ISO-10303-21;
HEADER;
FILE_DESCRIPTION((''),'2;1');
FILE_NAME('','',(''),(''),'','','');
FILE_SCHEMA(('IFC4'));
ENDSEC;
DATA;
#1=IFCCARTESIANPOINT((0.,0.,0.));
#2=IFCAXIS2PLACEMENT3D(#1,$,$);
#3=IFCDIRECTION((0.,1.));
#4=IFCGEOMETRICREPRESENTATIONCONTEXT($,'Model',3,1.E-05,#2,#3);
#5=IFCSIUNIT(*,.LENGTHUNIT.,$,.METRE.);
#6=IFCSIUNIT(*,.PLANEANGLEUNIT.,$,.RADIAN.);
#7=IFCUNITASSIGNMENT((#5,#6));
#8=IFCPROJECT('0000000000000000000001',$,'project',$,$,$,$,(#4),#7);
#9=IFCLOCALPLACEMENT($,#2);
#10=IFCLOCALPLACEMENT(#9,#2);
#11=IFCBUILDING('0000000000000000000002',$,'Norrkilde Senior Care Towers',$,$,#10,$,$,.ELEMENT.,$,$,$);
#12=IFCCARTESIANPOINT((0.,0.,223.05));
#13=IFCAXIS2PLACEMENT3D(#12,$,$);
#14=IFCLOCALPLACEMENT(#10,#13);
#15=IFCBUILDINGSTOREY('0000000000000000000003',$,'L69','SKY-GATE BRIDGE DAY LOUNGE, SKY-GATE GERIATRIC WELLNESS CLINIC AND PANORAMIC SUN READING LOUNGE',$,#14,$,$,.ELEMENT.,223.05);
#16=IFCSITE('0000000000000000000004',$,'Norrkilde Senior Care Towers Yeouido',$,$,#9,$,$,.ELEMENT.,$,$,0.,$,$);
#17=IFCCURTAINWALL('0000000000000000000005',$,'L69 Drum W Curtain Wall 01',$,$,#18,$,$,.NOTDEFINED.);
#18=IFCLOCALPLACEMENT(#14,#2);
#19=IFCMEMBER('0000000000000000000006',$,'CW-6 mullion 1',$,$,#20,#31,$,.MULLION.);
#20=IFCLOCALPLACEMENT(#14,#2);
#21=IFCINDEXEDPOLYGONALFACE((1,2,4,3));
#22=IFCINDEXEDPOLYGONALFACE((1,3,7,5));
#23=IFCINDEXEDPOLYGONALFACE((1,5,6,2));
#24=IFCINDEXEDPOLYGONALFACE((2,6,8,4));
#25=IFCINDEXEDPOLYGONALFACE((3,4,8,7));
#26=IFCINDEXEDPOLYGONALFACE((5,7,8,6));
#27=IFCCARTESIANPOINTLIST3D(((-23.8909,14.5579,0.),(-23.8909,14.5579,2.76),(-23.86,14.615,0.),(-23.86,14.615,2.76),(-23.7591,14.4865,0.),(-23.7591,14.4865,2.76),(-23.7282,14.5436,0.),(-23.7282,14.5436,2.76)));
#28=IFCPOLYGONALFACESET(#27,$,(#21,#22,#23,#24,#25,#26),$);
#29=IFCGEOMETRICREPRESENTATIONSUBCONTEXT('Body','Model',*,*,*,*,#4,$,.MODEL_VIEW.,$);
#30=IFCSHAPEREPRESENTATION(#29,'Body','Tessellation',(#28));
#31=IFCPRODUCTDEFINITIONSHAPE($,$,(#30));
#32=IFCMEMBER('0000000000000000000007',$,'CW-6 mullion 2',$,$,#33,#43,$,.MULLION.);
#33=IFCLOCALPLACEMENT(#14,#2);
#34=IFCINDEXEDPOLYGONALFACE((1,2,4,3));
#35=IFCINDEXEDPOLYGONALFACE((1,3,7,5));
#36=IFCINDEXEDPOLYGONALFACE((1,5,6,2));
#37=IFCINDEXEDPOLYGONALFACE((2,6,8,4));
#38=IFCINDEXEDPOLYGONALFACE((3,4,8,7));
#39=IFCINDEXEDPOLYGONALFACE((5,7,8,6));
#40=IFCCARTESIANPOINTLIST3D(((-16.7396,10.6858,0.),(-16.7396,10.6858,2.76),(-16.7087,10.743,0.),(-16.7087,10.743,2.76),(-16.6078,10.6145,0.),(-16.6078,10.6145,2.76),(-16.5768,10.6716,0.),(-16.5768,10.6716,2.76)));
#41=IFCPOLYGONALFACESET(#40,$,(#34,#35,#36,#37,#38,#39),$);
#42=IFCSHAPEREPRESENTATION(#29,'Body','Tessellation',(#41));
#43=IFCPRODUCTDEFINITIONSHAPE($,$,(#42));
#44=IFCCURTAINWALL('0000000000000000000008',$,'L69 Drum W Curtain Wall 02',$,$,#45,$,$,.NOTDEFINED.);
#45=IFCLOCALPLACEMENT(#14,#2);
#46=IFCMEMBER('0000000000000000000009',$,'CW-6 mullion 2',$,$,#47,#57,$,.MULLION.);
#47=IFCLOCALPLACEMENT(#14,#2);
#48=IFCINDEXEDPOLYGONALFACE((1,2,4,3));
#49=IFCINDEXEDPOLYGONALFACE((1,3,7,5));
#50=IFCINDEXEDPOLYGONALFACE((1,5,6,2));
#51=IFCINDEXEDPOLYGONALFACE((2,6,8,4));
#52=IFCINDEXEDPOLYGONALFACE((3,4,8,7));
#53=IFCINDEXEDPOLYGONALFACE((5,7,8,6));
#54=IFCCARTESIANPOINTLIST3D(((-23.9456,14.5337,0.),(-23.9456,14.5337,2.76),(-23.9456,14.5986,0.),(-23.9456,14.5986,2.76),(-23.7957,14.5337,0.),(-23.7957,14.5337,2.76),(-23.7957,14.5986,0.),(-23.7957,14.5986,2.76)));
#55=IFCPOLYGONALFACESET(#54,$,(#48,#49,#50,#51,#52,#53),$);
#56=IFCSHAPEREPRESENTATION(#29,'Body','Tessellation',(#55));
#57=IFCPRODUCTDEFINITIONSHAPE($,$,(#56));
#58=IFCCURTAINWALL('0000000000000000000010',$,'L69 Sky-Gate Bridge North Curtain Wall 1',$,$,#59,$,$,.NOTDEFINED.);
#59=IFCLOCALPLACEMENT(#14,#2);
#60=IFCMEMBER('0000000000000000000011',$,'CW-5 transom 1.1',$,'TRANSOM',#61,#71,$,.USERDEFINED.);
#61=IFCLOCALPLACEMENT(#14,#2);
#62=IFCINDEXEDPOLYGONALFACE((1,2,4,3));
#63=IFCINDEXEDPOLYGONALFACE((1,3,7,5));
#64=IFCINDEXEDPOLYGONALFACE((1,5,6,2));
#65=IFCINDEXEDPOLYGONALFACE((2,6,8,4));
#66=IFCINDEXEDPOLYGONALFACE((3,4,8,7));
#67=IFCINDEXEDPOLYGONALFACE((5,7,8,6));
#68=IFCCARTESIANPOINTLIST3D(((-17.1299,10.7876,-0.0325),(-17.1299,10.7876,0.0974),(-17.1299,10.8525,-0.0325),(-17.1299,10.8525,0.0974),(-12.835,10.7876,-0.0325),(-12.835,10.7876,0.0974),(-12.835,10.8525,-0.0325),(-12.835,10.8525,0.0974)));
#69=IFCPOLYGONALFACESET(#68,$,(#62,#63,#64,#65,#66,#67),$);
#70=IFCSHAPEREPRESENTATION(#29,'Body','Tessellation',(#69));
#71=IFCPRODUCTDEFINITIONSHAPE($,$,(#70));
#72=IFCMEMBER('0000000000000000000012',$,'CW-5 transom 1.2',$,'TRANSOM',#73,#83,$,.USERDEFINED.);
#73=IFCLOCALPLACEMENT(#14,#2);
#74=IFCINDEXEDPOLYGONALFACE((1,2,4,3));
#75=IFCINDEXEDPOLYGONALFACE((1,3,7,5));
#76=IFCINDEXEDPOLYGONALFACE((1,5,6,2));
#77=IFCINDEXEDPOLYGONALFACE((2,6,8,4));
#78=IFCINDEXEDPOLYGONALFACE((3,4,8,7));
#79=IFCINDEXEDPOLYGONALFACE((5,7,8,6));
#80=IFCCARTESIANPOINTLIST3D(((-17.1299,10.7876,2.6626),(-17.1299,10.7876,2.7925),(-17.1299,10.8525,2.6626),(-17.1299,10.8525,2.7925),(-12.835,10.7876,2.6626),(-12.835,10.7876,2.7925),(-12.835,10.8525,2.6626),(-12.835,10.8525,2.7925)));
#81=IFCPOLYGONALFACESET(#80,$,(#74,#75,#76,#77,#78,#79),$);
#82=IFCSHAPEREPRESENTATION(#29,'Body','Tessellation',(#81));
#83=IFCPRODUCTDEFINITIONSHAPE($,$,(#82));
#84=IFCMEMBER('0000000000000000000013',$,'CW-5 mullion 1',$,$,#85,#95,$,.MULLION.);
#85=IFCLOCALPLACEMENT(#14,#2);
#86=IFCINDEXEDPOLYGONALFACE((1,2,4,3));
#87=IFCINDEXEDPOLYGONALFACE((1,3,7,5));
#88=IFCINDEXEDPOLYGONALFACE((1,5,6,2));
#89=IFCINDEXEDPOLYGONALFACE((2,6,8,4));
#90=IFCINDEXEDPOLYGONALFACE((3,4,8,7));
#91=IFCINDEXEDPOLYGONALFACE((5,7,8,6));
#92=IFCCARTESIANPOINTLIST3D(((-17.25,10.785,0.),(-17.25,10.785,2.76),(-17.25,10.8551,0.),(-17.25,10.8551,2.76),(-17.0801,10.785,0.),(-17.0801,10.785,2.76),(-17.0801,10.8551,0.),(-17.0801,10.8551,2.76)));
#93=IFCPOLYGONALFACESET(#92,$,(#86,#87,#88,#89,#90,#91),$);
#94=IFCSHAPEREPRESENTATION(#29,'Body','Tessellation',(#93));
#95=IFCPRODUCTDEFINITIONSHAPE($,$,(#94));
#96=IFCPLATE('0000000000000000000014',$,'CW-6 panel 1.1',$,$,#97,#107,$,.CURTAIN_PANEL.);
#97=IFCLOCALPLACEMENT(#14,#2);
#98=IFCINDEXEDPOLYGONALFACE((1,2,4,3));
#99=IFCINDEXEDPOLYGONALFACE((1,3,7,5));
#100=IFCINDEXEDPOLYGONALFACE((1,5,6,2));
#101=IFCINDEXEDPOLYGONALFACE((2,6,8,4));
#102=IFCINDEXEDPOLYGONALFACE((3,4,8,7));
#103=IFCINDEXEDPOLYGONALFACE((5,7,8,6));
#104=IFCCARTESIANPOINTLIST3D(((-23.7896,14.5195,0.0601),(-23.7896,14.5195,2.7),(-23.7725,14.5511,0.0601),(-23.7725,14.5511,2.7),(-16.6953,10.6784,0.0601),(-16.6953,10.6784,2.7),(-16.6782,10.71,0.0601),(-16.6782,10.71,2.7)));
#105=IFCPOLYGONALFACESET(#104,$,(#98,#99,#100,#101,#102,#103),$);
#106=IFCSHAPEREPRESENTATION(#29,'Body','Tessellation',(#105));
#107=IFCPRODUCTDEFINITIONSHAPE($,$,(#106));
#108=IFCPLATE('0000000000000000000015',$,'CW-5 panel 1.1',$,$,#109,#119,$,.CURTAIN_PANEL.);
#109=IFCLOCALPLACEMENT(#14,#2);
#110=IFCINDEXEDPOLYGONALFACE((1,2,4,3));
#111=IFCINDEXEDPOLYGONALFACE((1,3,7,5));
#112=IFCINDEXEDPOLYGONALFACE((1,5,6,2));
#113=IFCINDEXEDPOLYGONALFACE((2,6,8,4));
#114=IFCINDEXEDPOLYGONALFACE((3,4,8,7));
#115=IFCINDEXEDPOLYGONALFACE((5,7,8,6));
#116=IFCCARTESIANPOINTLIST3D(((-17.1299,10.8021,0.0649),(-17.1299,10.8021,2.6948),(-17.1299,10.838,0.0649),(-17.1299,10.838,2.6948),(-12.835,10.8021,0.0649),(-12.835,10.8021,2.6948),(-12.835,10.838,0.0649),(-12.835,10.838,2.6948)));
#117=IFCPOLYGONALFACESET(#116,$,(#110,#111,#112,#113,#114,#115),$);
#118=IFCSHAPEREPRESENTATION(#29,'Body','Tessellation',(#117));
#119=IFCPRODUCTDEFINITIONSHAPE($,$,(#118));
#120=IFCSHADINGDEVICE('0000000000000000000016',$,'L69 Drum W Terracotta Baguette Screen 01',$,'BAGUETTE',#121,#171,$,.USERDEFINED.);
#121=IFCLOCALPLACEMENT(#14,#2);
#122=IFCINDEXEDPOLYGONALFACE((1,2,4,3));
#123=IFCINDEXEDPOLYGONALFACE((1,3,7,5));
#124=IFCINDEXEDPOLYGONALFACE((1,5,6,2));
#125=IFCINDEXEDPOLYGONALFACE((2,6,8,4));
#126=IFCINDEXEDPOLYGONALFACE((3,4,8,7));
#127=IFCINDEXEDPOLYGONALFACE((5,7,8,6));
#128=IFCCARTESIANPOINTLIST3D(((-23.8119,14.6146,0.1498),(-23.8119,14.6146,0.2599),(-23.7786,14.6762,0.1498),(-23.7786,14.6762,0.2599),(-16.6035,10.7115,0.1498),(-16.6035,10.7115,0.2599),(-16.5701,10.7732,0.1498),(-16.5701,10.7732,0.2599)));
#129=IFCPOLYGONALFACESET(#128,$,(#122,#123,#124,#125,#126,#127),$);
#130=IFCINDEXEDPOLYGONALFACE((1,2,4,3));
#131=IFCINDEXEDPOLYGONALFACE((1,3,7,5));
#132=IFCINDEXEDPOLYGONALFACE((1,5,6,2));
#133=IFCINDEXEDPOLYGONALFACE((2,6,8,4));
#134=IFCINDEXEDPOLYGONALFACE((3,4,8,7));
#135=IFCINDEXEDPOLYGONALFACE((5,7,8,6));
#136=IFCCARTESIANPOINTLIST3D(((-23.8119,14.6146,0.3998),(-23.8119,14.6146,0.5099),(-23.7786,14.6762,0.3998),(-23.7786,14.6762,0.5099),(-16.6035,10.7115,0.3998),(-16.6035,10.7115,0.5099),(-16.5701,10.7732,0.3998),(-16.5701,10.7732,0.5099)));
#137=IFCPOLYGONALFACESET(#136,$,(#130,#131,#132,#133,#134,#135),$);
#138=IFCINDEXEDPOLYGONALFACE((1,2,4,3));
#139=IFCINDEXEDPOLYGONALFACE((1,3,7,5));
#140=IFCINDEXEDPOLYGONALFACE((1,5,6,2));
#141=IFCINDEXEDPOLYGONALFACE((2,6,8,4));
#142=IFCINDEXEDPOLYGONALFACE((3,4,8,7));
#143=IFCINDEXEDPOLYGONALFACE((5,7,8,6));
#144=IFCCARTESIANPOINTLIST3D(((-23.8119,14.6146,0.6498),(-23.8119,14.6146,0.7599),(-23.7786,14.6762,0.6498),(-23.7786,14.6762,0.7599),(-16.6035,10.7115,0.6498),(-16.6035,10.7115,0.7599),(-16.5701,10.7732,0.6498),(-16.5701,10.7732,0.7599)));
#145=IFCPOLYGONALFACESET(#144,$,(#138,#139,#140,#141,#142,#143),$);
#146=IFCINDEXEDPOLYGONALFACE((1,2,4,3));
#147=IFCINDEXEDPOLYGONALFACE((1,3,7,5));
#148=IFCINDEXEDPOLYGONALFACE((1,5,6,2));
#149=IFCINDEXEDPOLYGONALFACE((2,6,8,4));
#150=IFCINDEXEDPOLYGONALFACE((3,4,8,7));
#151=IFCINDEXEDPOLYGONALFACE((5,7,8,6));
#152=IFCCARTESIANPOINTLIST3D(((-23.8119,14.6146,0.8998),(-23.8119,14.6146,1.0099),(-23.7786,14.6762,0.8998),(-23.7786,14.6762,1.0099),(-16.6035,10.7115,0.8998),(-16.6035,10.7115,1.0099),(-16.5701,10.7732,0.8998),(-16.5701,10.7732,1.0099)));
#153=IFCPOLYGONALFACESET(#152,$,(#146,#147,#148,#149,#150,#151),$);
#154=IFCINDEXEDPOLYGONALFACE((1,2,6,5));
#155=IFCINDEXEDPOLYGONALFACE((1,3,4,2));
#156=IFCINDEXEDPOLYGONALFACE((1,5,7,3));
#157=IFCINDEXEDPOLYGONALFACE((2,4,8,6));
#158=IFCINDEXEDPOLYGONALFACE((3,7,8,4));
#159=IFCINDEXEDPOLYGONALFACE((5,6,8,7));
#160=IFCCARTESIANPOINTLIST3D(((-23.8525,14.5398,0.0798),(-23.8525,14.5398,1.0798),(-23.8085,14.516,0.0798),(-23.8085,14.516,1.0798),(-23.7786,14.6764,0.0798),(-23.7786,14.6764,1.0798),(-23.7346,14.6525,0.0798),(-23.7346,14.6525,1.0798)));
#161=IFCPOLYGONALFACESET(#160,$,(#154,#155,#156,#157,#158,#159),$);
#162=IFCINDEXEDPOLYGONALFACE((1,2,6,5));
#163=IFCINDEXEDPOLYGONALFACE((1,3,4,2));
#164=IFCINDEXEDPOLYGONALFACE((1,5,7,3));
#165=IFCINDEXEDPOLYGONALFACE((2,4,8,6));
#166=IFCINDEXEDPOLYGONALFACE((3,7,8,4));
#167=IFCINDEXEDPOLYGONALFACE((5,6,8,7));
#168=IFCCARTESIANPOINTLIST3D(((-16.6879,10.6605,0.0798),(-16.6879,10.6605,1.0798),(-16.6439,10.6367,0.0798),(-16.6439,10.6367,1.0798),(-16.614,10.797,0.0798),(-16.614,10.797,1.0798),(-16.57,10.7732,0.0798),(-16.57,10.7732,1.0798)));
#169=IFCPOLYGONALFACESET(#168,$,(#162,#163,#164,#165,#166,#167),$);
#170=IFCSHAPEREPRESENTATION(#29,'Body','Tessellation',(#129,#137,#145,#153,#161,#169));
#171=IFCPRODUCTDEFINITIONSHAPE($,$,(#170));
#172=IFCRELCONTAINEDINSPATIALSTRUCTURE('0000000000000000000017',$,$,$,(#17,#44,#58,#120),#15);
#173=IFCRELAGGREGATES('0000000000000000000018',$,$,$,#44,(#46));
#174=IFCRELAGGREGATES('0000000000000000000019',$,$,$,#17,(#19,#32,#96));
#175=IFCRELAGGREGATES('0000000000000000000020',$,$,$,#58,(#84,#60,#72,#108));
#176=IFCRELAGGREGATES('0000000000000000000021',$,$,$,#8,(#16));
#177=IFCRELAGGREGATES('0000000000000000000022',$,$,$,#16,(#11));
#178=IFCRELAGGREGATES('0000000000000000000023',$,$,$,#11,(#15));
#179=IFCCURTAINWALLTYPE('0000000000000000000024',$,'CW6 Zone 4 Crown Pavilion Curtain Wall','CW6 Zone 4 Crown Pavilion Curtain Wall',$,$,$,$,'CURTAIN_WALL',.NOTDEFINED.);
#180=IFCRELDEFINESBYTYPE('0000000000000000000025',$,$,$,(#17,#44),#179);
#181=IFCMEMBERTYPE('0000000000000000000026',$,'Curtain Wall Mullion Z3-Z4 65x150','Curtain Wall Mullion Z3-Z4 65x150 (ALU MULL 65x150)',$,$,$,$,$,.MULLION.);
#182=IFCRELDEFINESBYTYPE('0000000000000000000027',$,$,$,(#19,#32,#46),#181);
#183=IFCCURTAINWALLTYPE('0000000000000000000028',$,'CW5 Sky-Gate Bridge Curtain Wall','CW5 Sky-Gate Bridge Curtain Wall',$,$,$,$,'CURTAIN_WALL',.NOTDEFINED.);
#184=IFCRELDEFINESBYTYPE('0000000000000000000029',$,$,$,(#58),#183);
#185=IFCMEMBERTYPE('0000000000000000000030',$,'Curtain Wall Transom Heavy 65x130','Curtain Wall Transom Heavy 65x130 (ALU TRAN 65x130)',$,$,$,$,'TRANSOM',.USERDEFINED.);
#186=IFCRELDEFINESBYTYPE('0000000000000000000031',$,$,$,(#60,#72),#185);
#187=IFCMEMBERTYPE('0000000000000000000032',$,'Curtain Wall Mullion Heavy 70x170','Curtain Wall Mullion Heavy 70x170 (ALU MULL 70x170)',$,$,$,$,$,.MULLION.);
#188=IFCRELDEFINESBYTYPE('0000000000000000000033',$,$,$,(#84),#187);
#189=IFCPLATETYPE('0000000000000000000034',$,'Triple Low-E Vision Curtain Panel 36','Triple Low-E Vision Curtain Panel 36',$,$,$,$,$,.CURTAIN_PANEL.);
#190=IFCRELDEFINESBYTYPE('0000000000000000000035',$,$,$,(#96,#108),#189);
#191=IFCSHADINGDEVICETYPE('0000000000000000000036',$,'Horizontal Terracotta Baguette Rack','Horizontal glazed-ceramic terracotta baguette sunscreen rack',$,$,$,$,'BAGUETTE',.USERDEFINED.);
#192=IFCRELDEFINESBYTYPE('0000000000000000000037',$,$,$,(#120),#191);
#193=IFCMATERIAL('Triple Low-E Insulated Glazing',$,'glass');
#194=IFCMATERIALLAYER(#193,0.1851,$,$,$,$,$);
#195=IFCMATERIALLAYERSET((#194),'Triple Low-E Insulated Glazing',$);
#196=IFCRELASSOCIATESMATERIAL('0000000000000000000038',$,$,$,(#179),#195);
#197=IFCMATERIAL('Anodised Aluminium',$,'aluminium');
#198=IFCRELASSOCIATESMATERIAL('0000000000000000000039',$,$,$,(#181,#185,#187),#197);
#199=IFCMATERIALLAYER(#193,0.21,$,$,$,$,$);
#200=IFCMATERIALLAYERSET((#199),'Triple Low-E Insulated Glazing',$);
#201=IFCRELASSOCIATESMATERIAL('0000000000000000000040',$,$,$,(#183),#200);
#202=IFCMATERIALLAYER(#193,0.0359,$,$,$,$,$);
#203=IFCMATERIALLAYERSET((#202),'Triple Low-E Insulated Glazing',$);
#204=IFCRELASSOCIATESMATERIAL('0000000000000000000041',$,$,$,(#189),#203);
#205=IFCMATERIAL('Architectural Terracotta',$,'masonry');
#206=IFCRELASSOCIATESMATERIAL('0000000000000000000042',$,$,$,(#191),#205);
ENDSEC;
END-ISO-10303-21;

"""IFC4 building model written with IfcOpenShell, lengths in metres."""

from ifc_helpers import new_model, si_unit, direction, frame, origin, origin_2d, place, context, subcontext, project, spatial, rectangle, extrude, source, transform, mapped, material, layer, layer_set, material_profile, profile_set, type_object, type_shapes, element, aggregate, save


model = new_model("IFC4")

# Units and contexts
model_context = context("Model", 3, precision=1e-05, world=origin(), true_north=direction((0.0, 1.0)))
body_context = subcontext(model_context, "Body", "Model", "MODEL_VIEW")
ifc_project = project(units=[si_unit("LENGTHUNIT", "METRE"), si_unit("PLANEANGLEUNIT", "RADIAN")], contexts=[model_context])

# Site, building, storey
site_placement = place(None, origin())
site = spatial("IfcSite", under=ifc_project, at=site_placement, Name="Norrkilde Senior Care Towers Yeouido", CompositionType="ELEMENT", RefElevation=0.0)
building_placement = place(site_placement, origin())
building = spatial("IfcBuilding", under=site, at=building_placement, Name="Norrkilde Senior Care Towers", CompositionType="ELEMENT")
storey_placement = place(building_placement, frame((0.0, 0.0, 223.05)))
storey = spatial("IfcBuildingStorey", under=building, at=storey_placement, Name="L69", Description="SKY-GATE BRIDGE DAY LOUNGE, SKY-GATE GERIATRIC WELLNESS CLINIC AND PANORAMIC SUN READING LOUNGE", CompositionType="ELEMENT", Elevation=223.05)

# Curtain wall, members
ifc_material_1 = material(Name="Triple Low-E Insulated Glazing", Category="glass")
ifc_layer_1 = layer(ifc_material_1, 0.1851)
ifc_layer_set_1 = layer_set([ifc_layer_1], Name="Triple Low-E Insulated Glazing")
curtain_wall_type_1 = type_object("IfcCurtainWallType", Name="CW6 Zone 4 Crown Pavilion Curtain Wall", Description="CW6 Zone 4 Crown Pavilion Curtain Wall", ElementType="CURTAIN_WALL", PredefinedType="NOTDEFINED", material=ifc_layer_set_1)
curtain_wall_1_placement = place(storey_placement, origin())
curtain_wall_1 = element("IfcCurtainWall", 1, at=curtain_wall_1_placement, inside=storey, type_object=curtain_wall_type_1, Name="L69 Drum W Curtain Wall 01", PredefinedType="NOTDEFINED")
ifc_material_2 = material(Name="Anodised Aluminium", Category="aluminium")
ifc_material_profile_1 = material_profile(ifc_material_2, rectangle(XDim=0.0649, YDim=0.1499, at=origin_2d()), Name="ALU MULL 65x150")
ifc_profile_set_1 = profile_set([ifc_material_profile_1], Name="Anodised Aluminium")
member_type_1 = type_object("IfcMemberType", Name="Curtain Wall Mullion Z3-Z4 65x150", Description="Curtain Wall Mullion Z3-Z4 65x150 (ALU MULL 65x150)", PredefinedType="MULLION", material=ifc_profile_set_1)
shared_shape_1 = source(origin(), body_context, "Body", "SweptSolid", [
    extrude(rectangle(XDim=0.0649, YDim=0.1499, at=origin_2d()), origin(), (0.0, 0.0, 1.0), 2.76),
])
type_shapes(member_type_1, [shared_shape_1])
member_1_placement = place(storey_placement, frame((-23.8096, 14.5508, 0.0), z_axis=(0.0, 0.0, 1.0), x_axis=(0.476133, 0.879373, 0.0)))
member_1 = element("IfcMember", 2, at=member_1_placement, type_object=member_type_1, Name="CW-6 mullion 1", PredefinedType="MULLION", context=body_context, shape_type="MappedRepresentation", body=[
    mapped(shared_shape_1, transform((0.0, 0.0, 0.0), x_axis=(1.0, 0.0, 0.0), y_axis=(0.0, 1.0, 0.0), z_axis=(0.0, 0.0, 1.0), scale=1.0)),
])
member_2_placement = place(storey_placement, frame((-16.6582, 10.6787, 0.0), z_axis=(0.0, 0.0, 1.0), x_axis=(0.476133, 0.879373, 0.0)))
member_2 = element("IfcMember", 3, at=member_2_placement, type_object=member_type_1, Name="CW-6 mullion 2", PredefinedType="MULLION", context=body_context, shape_type="MappedRepresentation", body=[
    mapped(shared_shape_1, transform((0.0, 0.0, 0.0), x_axis=(1.0, 0.0, 0.0), y_axis=(0.0, 1.0, 0.0), z_axis=(0.0, 0.0, 1.0), scale=1.0)),
])

# Curtain wall, member
curtain_wall_2_placement = place(storey_placement, origin())
curtain_wall_2 = element("IfcCurtainWall", 4, at=curtain_wall_2_placement, inside=storey, type_object=curtain_wall_type_1, Name="L69 Drum W Curtain Wall 02", PredefinedType="NOTDEFINED")
member_3_placement = place(storey_placement, frame((-23.8706, 14.5662, 0.0), z_axis=(0.0, 0.0, 1.0), x_axis=(0.0, 1.0, 0.0)))
member_3 = element("IfcMember", 5, at=member_3_placement, type_object=member_type_1, Name="CW-6 mullion 2", PredefinedType="MULLION", context=body_context, shape_type="MappedRepresentation", body=[
    mapped(shared_shape_1, transform((0.0, 0.0, 0.0), x_axis=(1.0, 0.0, 0.0), y_axis=(0.0, 1.0, 0.0), z_axis=(0.0, 0.0, 1.0), scale=1.0)),
])
aggregate(curtain_wall_2, [member_3])

# Curtain wall, members
ifc_layer_2 = layer(ifc_material_1, 0.21)
ifc_layer_set_2 = layer_set([ifc_layer_2], Name="Triple Low-E Insulated Glazing")
curtain_wall_type_2 = type_object("IfcCurtainWallType", Name="CW5 Sky-Gate Bridge Curtain Wall", Description="CW5 Sky-Gate Bridge Curtain Wall", ElementType="CURTAIN_WALL", PredefinedType="NOTDEFINED", material=ifc_layer_set_2)
curtain_wall_3_placement = place(storey_placement, origin())
curtain_wall_3 = element("IfcCurtainWall", 6, at=curtain_wall_3_placement, inside=storey, type_object=curtain_wall_type_2, Name="L69 Sky-Gate Bridge North Curtain Wall 1", PredefinedType="NOTDEFINED")
ifc_material_profile_2 = material_profile(ifc_material_2, rectangle(XDim=0.0649, YDim=0.1299, at=origin_2d()), Name="ALU TRAN 65x130")
ifc_profile_set_2 = profile_set([ifc_material_profile_2], Name="Anodised Aluminium")
member_type_2 = type_object("IfcMemberType", Name="Curtain Wall Transom Heavy 65x130", Description="Curtain Wall Transom Heavy 65x130 (ALU TRAN 65x130)", ElementType="TRANSOM", PredefinedType="USERDEFINED", material=ifc_profile_set_2)
shared_shape_2 = source(origin(), body_context, "Body", "SweptSolid", [
    extrude(rectangle(XDim=0.0649, YDim=0.1299, at=origin_2d()), origin(), (0.0, 0.0, 1.0), 4.2949),
])
type_shapes(member_type_2, [shared_shape_2])
member_4_placement = place(storey_placement, frame((-17.1299, 10.8201, 0.0325), z_axis=(1.0, 0.0, 0.0), x_axis=(0.0, 1.0, 0.0)))
member_4 = element("IfcMember", 7, at=member_4_placement, type_object=member_type_2, Name="CW-5 transom 1.1", ObjectType="TRANSOM", PredefinedType="USERDEFINED", context=body_context, shape_type="MappedRepresentation", body=[
    mapped(shared_shape_2, transform((0.0, 0.0, 0.0), x_axis=(1.0, 0.0, 0.0), y_axis=(0.0, 1.0, 0.0), z_axis=(0.0, 0.0, 1.0), scale=1.0)),
])
member_5_placement = place(storey_placement, frame((-17.1299, 10.8201, 2.7275), z_axis=(1.0, 0.0, 0.0), x_axis=(0.0, 1.0, 0.0)))
member_5 = element("IfcMember", 8, at=member_5_placement, type_object=member_type_2, Name="CW-5 transom 1.2", ObjectType="TRANSOM", PredefinedType="USERDEFINED", context=body_context, shape_type="MappedRepresentation", body=[
    mapped(shared_shape_2, transform((0.0, 0.0, 0.0), x_axis=(1.0, 0.0, 0.0), y_axis=(0.0, 1.0, 0.0), z_axis=(0.0, 0.0, 1.0), scale=1.0)),
])
ifc_material_profile_3 = material_profile(ifc_material_2, rectangle(XDim=0.0701, YDim=0.1699, at=origin_2d()), Name="ALU MULL 70x170")
ifc_profile_set_3 = profile_set([ifc_material_profile_3], Name="Anodised Aluminium")
member_type_3 = type_object("IfcMemberType", Name="Curtain Wall Mullion Heavy 70x170", Description="Curtain Wall Mullion Heavy 70x170 (ALU MULL 70x170)", PredefinedType="MULLION", material=ifc_profile_set_3)
shared_shape_3 = source(origin(), body_context, "Body", "SweptSolid", [
    extrude(rectangle(XDim=0.0701, YDim=0.1699, at=origin_2d()), origin(), (0.0, 0.0, 1.0), 2.76),
])
type_shapes(member_type_3, [shared_shape_3])
member_6_placement = place(storey_placement, frame((-17.165, 10.8201, 0.0), z_axis=(0.0, 0.0, 1.0), x_axis=(0.0, 1.0, 0.0)))
member_6 = element("IfcMember", 9, at=member_6_placement, type_object=member_type_3, Name="CW-5 mullion 1", PredefinedType="MULLION", context=body_context, shape_type="MappedRepresentation", body=[
    mapped(shared_shape_3, transform((0.0, 0.0, 0.0), x_axis=(1.0, 0.0, 0.0), y_axis=(0.0, 1.0, 0.0), z_axis=(0.0, 0.0, 1.0), scale=1.0)),
])

# Plates
ifc_layer_3 = layer(ifc_material_1, 0.0359)
ifc_layer_set_3 = layer_set([ifc_layer_3], Name="Triple Low-E Insulated Glazing")
plate_type = type_object("IfcPlateType", Name="Triple Low-E Vision Curtain Panel 36", Description="Triple Low-E Vision Curtain Panel 36", PredefinedType="CURTAIN_PANEL", material=ifc_layer_set_3)
shared_shape_4 = source(origin(), body_context, "Body", "SweptSolid", [
    extrude(rectangle(XDim=8.0674, YDim=0.0359, at=origin_2d()), origin(), (0.0, 0.0, 1.0), 2.6399),
])
plate_1_placement = place(storey_placement, frame((-20.2339, 12.6147, 0.0601), z_axis=(0.0, 0.0, 1.0), x_axis=(0.879373, -0.476133, 0.0)))
plate_1 = element("IfcPlate", 10, at=plate_1_placement, type_object=plate_type, Name="CW-6 panel 1.1", PredefinedType="CURTAIN_PANEL", context=body_context, shape_type="MappedRepresentation", body=[
    mapped(shared_shape_4, transform((0.0, 0.0, 0.0), x_axis=(1.0, 0.0, 0.0), y_axis=(0.0, 1.0, 0.0), z_axis=(0.0, 0.0, 1.0), scale=1.0)),
])
aggregate(curtain_wall_1, [member_1, member_2, plate_1])
shared_shape_5 = source(origin(), body_context, "Body", "SweptSolid", [
    extrude(rectangle(XDim=4.2949, YDim=0.0359, at=origin_2d()), origin(), (0.0, 0.0, 1.0), 2.6299),
])
type_shapes(plate_type, [shared_shape_4, shared_shape_5])
plate_2_placement = place(storey_placement, frame((-14.9824, 10.8201, 0.0649), z_axis=(0.0, 0.0, 1.0), x_axis=(1.0, 0.0, 0.0)))
plate_2 = element("IfcPlate", 11, at=plate_2_placement, type_object=plate_type, Name="CW-5 panel 1.1", PredefinedType="CURTAIN_PANEL", context=body_context, shape_type="MappedRepresentation", body=[
    mapped(shared_shape_5, transform((0.0, 0.0, 0.0), x_axis=(1.0, 0.0, 0.0), y_axis=(0.0, 1.0, 0.0), z_axis=(0.0, 0.0, 1.0), scale=1.0)),
])
aggregate(curtain_wall_3, [member_6, member_4, member_5, plate_2])

# Shading device
ifc_material_3 = material(Name="Architectural Terracotta", Category="masonry")
shading_device_type = type_object("IfcShadingDeviceType", Name="Horizontal Terracotta Baguette Rack", Description="Horizontal glazed-ceramic terracotta baguette sunscreen rack", ElementType="BAGUETTE", PredefinedType="USERDEFINED", material=ifc_material_3)
shared_shape_6 = source(origin(), body_context, "Body", "SweptSolid", [
    extrude(rectangle(XDim=0.0701, YDim=0.1101, at=origin_2d()), frame((0.0, 0.0901, 0.125), z_axis=(1.0, 0.0, 0.0), x_axis=(0.0, 1.0, 0.0)), (0.0, 0.0, 1.0), 8.1973),
    extrude(rectangle(XDim=0.0701, YDim=0.1101, at=origin_2d()), frame((0.0, 0.0901, 0.375), z_axis=(1.0, 0.0, 0.0), x_axis=(0.0, 1.0, 0.0)), (0.0, 0.0, 1.0), 8.1973),
    extrude(rectangle(XDim=0.0701, YDim=0.1101, at=origin_2d()), frame((0.0, 0.0901, 0.625), z_axis=(1.0, 0.0, 0.0), x_axis=(0.0, 1.0, 0.0)), (0.0, 0.0, 1.0), 8.1973),
    extrude(rectangle(XDim=0.0701, YDim=0.1101, at=origin_2d()), frame((0.0, 0.0901, 0.875), z_axis=(1.0, 0.0, 0.0), x_axis=(0.0, 1.0, 0.0)), (0.0, 0.0, 1.0), 8.1973),
    extrude(rectangle(XDim=0.05, YDim=0.1553, at=origin_2d()), frame((0.0249, 0.0476, 0.0)), (0.0, 0.0, 1.0), 1.0),
    extrude(rectangle(XDim=0.05, YDim=0.1553, at=origin_2d()), frame((8.1724, 0.0476, 0.0)), (0.0, 0.0, 1.0), 1.0),
])
shading_device_1_placement = place(storey_placement, frame((-23.8381, 14.5662, 0.0798), z_axis=(0.0, 0.0, 1.0), x_axis=(0.879378, -0.476144, 0.0)))
element("IfcShadingDevice", 12, at=shading_device_1_placement, inside=storey, type_object=shading_device_type, Name="L69 Drum W Terracotta Baguette Screen 01", ObjectType="BAGUETTE", PredefinedType="USERDEFINED", context=body_context, shape_type="MappedRepresentation", body=[
    mapped(shared_shape_6, transform((0.0, 0.0, 0.0), x_axis=(1.0, 0.0, 0.0), y_axis=(0.0, 1.0, 0.0), z_axis=(0.0, 0.0, 1.0), scale=1.0)),
])

save(model, "model.ifc")
